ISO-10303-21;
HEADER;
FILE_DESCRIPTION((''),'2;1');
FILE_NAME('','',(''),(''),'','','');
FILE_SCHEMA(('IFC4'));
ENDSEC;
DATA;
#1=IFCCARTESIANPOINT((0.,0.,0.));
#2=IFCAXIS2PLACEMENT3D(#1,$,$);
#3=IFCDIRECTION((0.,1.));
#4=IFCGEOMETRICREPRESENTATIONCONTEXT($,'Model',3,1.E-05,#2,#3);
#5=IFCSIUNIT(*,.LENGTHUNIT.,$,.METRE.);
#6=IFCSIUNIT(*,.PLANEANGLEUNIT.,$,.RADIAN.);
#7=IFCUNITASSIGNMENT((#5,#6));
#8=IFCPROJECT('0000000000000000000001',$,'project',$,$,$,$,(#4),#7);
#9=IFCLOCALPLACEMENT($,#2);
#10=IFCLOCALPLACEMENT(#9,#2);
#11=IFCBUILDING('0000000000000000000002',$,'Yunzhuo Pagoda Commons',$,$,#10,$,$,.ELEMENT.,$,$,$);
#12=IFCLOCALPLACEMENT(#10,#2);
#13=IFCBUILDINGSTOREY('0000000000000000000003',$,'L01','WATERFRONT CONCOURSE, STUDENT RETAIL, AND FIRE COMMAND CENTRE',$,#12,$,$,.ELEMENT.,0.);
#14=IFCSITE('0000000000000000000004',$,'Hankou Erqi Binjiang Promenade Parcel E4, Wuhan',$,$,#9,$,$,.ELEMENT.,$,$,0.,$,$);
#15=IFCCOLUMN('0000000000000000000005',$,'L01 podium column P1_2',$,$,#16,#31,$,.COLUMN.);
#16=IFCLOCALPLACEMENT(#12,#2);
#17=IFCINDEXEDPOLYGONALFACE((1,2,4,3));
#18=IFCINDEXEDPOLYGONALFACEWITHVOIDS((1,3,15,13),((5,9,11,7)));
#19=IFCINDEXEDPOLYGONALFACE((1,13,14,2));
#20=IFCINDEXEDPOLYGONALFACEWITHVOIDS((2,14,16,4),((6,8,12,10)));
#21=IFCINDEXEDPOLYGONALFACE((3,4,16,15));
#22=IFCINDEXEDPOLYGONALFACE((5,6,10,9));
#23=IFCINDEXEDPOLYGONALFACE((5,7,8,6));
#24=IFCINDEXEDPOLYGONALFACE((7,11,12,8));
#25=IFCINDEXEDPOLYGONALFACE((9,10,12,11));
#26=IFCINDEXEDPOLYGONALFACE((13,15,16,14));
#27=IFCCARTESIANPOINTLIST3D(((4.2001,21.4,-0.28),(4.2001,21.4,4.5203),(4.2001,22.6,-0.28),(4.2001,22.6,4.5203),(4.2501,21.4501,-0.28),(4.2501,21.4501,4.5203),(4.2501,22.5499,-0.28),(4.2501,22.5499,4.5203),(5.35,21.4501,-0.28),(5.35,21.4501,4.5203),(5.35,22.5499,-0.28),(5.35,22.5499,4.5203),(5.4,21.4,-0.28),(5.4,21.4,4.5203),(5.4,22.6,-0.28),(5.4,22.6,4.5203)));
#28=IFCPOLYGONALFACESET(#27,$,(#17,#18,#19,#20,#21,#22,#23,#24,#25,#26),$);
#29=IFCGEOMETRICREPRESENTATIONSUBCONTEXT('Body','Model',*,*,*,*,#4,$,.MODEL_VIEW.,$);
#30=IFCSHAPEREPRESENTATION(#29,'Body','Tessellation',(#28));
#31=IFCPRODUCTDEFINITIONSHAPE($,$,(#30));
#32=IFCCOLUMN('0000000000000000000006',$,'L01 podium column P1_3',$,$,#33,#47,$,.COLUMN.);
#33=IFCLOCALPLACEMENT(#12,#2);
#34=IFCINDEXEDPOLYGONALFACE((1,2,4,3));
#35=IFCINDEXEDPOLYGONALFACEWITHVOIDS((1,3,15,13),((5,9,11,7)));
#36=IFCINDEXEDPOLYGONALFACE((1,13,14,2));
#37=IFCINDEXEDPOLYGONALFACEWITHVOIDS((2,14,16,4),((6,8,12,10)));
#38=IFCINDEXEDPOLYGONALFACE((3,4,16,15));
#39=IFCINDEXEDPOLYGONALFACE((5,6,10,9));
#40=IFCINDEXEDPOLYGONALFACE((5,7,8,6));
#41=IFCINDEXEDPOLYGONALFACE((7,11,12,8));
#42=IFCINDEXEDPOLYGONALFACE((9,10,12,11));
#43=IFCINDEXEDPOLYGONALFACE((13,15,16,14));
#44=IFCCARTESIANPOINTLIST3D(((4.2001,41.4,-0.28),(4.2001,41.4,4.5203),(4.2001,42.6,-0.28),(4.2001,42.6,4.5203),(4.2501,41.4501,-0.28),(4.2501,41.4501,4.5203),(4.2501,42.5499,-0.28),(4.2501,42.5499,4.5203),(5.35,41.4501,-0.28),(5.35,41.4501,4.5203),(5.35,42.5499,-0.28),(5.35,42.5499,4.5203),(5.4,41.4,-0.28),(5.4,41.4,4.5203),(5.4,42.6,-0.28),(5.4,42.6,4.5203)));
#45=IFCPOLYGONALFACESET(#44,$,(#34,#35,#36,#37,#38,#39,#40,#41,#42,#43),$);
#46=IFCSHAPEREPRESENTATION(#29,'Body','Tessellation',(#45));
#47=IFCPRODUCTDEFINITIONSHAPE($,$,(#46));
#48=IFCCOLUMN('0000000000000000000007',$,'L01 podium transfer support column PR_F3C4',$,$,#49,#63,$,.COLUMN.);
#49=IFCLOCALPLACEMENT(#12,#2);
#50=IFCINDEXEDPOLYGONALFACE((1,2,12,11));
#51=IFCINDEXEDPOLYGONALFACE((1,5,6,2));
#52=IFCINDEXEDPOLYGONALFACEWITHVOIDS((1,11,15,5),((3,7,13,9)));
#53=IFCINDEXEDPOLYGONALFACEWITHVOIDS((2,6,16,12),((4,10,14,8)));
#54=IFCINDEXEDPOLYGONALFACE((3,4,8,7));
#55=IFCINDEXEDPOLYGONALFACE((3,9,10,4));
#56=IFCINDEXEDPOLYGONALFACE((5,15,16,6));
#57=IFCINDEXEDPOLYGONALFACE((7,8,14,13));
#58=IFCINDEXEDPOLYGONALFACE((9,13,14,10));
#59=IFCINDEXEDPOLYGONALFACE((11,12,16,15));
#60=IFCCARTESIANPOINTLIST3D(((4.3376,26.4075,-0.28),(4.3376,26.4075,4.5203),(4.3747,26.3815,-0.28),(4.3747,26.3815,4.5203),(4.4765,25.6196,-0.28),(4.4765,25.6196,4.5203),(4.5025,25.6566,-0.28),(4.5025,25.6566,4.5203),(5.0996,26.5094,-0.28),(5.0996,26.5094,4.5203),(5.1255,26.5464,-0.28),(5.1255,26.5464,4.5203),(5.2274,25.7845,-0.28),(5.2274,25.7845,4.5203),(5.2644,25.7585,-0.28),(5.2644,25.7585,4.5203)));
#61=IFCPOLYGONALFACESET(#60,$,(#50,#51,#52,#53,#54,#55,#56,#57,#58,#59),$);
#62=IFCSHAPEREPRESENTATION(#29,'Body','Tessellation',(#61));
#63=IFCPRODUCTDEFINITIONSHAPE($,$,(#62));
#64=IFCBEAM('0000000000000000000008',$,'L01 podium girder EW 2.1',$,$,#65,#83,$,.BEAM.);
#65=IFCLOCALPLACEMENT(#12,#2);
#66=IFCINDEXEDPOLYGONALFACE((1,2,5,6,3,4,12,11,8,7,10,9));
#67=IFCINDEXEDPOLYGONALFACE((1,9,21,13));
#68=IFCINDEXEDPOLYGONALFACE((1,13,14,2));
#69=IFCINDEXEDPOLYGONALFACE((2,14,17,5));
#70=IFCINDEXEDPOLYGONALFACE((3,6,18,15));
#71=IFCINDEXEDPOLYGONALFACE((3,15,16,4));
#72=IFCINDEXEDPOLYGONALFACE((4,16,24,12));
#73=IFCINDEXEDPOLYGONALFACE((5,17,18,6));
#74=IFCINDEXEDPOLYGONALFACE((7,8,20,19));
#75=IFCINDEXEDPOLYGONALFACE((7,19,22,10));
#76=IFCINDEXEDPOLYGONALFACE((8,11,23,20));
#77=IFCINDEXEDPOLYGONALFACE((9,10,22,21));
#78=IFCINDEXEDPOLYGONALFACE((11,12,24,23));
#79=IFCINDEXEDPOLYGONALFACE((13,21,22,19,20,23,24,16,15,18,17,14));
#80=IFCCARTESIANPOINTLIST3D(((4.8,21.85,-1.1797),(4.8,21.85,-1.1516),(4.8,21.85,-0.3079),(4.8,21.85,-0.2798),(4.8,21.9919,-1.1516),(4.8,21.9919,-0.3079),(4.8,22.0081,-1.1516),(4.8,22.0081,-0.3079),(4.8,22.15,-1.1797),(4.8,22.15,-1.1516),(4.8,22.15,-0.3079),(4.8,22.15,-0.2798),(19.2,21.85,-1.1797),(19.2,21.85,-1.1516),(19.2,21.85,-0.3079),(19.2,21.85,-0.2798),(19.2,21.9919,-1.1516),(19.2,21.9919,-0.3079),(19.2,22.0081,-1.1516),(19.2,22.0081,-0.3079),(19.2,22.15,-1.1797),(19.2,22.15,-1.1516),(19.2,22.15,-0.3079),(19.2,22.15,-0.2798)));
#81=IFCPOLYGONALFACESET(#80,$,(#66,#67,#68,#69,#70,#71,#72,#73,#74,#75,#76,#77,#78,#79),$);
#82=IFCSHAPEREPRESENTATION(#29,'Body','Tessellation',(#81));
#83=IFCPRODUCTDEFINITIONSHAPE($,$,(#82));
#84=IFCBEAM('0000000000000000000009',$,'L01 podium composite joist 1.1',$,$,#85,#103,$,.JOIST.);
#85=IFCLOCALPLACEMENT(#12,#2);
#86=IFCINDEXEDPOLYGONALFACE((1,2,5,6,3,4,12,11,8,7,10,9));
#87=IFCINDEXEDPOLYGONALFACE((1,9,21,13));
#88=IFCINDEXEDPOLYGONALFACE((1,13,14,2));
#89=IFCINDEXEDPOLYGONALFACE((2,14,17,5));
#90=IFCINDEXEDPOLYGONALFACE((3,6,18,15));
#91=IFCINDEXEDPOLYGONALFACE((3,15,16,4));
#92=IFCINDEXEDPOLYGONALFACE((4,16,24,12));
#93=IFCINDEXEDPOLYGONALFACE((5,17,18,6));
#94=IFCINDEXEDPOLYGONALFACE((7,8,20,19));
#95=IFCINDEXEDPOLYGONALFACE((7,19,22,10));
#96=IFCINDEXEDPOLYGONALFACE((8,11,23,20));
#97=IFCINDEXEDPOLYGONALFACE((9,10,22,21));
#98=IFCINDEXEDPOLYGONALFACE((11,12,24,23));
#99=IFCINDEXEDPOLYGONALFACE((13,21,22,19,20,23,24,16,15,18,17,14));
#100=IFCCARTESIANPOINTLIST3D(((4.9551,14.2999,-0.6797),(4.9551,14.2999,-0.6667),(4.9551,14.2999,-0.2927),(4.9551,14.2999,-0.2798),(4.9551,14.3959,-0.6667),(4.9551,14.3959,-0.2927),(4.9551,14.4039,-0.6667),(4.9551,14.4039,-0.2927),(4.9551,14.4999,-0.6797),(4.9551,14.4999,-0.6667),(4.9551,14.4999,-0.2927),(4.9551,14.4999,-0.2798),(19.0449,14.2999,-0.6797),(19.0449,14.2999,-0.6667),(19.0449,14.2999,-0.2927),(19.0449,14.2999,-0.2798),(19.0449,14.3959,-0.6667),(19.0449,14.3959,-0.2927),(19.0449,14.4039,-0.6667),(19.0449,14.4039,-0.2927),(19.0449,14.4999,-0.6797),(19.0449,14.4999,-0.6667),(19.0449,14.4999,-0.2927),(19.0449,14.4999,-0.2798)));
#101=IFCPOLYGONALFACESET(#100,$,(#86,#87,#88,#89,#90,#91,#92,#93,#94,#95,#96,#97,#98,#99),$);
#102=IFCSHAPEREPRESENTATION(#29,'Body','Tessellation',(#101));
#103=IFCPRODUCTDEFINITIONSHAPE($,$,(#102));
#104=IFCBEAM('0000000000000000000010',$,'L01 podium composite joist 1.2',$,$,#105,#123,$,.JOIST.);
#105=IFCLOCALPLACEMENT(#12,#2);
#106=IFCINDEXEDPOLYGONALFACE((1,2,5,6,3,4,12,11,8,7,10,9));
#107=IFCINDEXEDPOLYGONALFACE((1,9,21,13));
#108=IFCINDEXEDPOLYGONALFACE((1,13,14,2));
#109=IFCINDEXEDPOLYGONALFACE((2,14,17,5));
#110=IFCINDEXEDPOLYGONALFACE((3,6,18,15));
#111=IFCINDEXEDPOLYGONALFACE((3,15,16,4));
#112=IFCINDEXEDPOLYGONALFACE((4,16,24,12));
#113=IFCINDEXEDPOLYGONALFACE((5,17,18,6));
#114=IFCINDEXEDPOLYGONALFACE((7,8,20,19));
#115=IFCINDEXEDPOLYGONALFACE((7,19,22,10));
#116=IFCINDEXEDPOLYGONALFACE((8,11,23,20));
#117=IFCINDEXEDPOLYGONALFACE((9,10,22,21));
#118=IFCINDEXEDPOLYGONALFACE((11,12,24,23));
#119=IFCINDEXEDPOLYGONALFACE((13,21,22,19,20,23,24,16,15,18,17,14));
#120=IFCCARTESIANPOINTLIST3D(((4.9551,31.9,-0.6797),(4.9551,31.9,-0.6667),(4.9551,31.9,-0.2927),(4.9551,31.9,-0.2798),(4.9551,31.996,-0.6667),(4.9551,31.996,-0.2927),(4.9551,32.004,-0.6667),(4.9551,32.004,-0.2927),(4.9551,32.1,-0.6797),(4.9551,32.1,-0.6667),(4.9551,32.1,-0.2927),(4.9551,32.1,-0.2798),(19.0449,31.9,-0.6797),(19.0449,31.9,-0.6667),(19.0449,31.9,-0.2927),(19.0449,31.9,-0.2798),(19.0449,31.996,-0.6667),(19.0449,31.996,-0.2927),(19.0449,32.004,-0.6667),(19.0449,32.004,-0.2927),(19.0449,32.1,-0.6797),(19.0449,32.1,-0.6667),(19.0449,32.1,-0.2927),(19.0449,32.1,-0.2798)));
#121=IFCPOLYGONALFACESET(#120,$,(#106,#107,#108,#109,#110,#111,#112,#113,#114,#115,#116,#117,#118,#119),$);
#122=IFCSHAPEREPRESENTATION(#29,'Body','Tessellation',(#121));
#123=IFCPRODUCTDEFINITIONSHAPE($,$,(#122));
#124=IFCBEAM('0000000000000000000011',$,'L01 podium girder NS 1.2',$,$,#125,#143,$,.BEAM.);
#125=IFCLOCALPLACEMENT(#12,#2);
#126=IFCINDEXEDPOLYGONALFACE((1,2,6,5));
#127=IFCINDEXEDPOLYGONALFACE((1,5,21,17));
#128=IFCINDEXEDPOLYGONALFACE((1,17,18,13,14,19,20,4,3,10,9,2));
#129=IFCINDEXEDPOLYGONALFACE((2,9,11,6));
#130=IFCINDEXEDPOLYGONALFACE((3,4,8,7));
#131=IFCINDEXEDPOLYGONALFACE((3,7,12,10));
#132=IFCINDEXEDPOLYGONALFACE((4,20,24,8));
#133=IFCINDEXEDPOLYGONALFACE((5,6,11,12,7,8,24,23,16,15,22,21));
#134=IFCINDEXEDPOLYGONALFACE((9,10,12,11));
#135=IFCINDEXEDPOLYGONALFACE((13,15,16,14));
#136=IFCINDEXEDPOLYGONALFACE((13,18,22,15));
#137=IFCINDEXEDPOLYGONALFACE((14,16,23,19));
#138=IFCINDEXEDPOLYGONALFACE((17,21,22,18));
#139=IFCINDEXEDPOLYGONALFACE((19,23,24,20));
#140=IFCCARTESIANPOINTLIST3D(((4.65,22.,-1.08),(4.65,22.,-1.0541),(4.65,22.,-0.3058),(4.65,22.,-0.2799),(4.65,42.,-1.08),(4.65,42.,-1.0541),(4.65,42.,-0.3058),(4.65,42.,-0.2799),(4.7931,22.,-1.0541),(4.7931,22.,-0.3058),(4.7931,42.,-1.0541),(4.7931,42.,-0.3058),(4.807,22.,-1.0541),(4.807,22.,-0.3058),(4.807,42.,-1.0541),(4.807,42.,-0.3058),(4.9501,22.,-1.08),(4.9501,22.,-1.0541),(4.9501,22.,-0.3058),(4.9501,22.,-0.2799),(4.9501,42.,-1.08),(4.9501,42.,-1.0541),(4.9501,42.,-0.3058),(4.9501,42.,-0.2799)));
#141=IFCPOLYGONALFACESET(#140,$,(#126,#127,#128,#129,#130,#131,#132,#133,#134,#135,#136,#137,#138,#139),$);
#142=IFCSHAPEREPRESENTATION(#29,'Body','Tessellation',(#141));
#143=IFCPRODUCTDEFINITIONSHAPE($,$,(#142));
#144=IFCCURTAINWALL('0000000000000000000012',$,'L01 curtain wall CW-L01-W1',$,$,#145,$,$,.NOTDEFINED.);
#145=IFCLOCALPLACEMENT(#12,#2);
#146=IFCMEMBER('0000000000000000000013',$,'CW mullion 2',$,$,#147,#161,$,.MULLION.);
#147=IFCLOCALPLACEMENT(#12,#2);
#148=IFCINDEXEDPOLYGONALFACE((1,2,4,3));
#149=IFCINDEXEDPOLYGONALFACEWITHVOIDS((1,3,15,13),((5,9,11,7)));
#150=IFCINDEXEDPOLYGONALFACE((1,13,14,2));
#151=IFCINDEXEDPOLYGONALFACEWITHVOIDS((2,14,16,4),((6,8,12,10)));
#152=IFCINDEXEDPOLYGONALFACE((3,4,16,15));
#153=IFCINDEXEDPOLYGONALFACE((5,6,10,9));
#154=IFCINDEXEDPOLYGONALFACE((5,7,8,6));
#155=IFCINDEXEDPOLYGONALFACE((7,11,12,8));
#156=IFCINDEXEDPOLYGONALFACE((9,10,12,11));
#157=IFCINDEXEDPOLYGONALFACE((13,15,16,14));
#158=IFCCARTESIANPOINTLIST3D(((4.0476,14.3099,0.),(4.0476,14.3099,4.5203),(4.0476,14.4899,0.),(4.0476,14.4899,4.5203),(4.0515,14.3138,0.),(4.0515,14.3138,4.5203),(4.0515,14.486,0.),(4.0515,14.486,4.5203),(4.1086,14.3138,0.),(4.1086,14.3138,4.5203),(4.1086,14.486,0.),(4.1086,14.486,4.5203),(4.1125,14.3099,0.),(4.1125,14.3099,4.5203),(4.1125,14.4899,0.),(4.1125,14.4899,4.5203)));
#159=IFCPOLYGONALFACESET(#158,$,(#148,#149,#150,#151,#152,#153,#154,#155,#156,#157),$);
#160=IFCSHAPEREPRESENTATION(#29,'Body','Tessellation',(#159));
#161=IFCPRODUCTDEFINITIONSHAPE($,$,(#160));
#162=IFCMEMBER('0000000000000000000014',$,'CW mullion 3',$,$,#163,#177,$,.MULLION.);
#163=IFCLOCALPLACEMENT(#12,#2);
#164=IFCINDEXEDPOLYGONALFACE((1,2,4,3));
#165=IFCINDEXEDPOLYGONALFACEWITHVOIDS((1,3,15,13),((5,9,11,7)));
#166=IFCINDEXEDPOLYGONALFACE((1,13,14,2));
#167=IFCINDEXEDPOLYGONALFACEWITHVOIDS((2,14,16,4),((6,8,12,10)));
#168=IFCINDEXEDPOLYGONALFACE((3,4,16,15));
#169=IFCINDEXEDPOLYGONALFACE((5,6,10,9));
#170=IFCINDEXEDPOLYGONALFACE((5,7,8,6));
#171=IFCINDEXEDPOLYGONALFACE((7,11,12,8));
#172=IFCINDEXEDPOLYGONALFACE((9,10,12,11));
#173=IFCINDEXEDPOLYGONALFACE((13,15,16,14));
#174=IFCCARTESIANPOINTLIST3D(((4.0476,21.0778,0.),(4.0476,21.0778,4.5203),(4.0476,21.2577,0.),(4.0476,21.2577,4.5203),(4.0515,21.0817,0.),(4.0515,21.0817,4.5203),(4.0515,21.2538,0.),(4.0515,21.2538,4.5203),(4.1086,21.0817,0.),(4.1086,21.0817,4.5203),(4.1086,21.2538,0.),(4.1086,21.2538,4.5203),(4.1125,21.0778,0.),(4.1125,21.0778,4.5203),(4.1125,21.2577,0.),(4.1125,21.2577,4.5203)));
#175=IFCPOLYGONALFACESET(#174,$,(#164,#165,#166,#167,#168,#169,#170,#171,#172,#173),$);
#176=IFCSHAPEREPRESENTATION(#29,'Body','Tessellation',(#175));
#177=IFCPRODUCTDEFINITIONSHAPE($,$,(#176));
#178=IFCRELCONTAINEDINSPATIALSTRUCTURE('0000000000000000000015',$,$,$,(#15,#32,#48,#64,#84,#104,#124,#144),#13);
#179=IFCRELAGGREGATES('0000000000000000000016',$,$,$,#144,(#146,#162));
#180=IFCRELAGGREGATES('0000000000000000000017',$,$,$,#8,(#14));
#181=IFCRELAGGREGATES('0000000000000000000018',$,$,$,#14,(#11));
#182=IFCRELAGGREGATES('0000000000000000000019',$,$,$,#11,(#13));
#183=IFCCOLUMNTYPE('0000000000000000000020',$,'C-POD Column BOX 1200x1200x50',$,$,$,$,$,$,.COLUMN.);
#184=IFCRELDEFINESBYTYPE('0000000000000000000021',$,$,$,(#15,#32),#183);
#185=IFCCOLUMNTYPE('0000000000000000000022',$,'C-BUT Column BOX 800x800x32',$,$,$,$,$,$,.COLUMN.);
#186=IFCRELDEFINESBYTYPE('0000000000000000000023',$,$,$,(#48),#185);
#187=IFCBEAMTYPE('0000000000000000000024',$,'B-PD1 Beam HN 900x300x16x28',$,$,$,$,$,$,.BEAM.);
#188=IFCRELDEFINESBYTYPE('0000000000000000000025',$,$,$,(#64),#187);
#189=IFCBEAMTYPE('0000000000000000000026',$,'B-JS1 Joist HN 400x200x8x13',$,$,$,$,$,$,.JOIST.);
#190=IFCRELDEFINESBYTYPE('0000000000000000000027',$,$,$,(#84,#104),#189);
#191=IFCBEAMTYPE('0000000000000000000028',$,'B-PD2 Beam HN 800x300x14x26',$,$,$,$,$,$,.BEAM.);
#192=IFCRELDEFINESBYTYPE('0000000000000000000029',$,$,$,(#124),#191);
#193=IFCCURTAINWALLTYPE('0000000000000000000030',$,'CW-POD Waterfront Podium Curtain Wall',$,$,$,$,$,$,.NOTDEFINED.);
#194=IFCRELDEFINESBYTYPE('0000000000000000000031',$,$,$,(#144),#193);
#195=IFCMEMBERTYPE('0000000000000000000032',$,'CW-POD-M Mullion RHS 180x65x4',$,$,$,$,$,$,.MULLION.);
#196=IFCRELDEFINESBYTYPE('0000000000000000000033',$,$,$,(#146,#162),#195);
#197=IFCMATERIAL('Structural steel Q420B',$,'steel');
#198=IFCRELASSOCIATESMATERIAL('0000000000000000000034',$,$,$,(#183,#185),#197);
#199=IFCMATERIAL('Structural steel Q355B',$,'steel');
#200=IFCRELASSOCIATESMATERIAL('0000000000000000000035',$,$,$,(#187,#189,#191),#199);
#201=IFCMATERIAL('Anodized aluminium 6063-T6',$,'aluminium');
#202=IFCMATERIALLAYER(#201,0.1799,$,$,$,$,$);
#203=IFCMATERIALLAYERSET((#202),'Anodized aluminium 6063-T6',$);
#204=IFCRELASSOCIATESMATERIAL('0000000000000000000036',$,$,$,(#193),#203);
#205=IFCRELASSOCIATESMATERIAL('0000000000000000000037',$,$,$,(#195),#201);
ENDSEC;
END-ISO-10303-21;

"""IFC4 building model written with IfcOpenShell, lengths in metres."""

from ifc_helpers import new_model, si_unit, direction, frame, origin, origin_2d, place, context, subcontext, project, spatial, hollow_rectangle, i_section, extrude, source, transform, mapped, material, layer, layer_set, material_profile, profile_set, type_object, element, aggregate, save


model = new_model("IFC4")

# Units and contexts
model_context = context("Model", 3, precision=1e-05, world=origin(), true_north=direction((0.0, 1.0)))
body_context = subcontext(model_context, "Body", "Model", "MODEL_VIEW")
ifc_project = project(units=[si_unit("LENGTHUNIT", "METRE"), si_unit("PLANEANGLEUNIT", "RADIAN")], contexts=[model_context])

# Site, building, storey
site_placement = place(None, origin())
site = spatial("IfcSite", under=ifc_project, at=site_placement, Name="Hankou Erqi Binjiang Promenade Parcel E4, Wuhan", CompositionType="ELEMENT", RefElevation=0.0)
building_placement = place(site_placement, origin())
building = spatial("IfcBuilding", under=site, at=building_placement, Name="Yunzhuo Pagoda Commons", CompositionType="ELEMENT")
storey_placement = place(building_placement, origin())
storey = spatial("IfcBuildingStorey", under=building, at=storey_placement, Name="L01", Description="WATERFRONT CONCOURSE, STUDENT RETAIL, AND FIRE COMMAND CENTRE", CompositionType="ELEMENT", Elevation=0.0)

# Columns
ifc_material_1 = material(Name="Structural steel Q420B", Category="steel")
ifc_material_profile_1 = material_profile(ifc_material_1, hollow_rectangle(XDim=1.2, YDim=1.2, WallThickness=0.05, at=origin_2d()), Name="Structural steel Q420B")
ifc_profile_set_1 = profile_set([ifc_material_profile_1], Name="Structural steel Q420B")
column_type_1 = type_object("IfcColumnType", Name="C-POD Column BOX 1200x1200x50", PredefinedType="COLUMN", material=ifc_profile_set_1)
shared_shape_1 = source(origin(), body_context, "Body", "SweptSolid", [
    extrude(hollow_rectangle(XDim=1.2, YDim=1.2, WallThickness=0.05, at=origin_2d()), origin(), (0.0, 0.0, 1.0), 4.8003),
])
for number, where, z_axis, x_axis, name in (
    (1, (4.8, 22.0, -0.28), (0.0, 0.0, 1.0), (1.0, 0.0, 0.0), "L01 podium column P1_2"),
    (2, (4.8, 42.0, -0.28), (0.0, 0.0, 1.0), (1.0, 0.0, 0.0), "L01 podium column P1_3"),
):
    element("IfcColumn", number, at=place(storey_placement, frame(where, z_axis=z_axis, x_axis=x_axis)), inside=storey, type_object=column_type_1, Name=name, PredefinedType="COLUMN", context=body_context, shape_type="MappedRepresentation", body=[
        mapped(shared_shape_1, transform((0.0, 0.0, 0.0), scale=1.0)),
    ])
ifc_material_profile_2 = material_profile(ifc_material_1, hollow_rectangle(XDim=0.8, YDim=0.8, WallThickness=0.032, at=origin_2d()), Name="Structural steel Q420B")
ifc_profile_set_2 = profile_set([ifc_material_profile_2], Name="Structural steel Q420B")
column_type_2 = type_object("IfcColumnType", Name="C-BUT Column BOX 800x800x32", PredefinedType="COLUMN", material=ifc_profile_set_2)
shared_shape_2 = source(origin(), body_context, "Body", "SweptSolid", [
    extrude(hollow_rectangle(XDim=0.8, YDim=0.8, WallThickness=0.032, at=origin_2d()), origin(), (0.0, 0.0, 1.0), 4.8003),
])
column_placement = place(storey_placement, frame((4.801, 26.083, -0.28), z_axis=(0.0, 0.0, 1.0), x_axis=(0.173648, -0.984808, 0.0)))
element("IfcColumn", 3, at=column_placement, inside=storey, type_object=column_type_2, Name="L01 podium transfer support column PR_F3C4", PredefinedType="COLUMN", context=body_context, shape_type="MappedRepresentation", body=[
    mapped(shared_shape_2, transform((0.0, 0.0, 0.0), scale=1.0)),
])

# Beams
ifc_material_2 = material(Name="Structural steel Q355B", Category="steel")
ifc_material_profile_3 = material_profile(ifc_material_2, i_section(OverallWidth=0.3, OverallDepth=0.8999, WebThickness=0.0161, FlangeThickness=0.0281, at=origin_2d()), Name="Structural steel Q355B")
ifc_profile_set_3 = profile_set([ifc_material_profile_3], Name="Structural steel Q355B")
beam_type_1 = type_object("IfcBeamType", Name="B-PD1 Beam HN 900x300x16x28", PredefinedType="BEAM", material=ifc_profile_set_3)
shared_shape_3 = source(origin(), body_context, "Body", "SweptSolid", [
    extrude(i_section(OverallWidth=0.3, OverallDepth=0.8999, WebThickness=0.0161, FlangeThickness=0.0281, at=origin_2d()), origin(), (0.0, 0.0, 1.0), 14.3999),
])
beam_1_placement = place(storey_placement, frame((4.8, 22.0, -0.7297), z_axis=(1.0, 0.0, 0.0), x_axis=(0.0, 1.0, 0.0)))
element("IfcBeam", 4, at=beam_1_placement, inside=storey, type_object=beam_type_1, Name="L01 podium girder EW 2.1", PredefinedType="BEAM", context=body_context, shape_type="MappedRepresentation", body=[
    mapped(shared_shape_3, transform((0.0, 0.0, 0.0), scale=1.0)),
])
ifc_material_profile_4 = material_profile(ifc_material_2, i_section(OverallWidth=0.2, OverallDepth=0.3999, WebThickness=0.0081, FlangeThickness=0.0129, at=origin_2d()), Name="Structural steel Q355B")
ifc_profile_set_4 = profile_set([ifc_material_profile_4], Name="Structural steel Q355B")
beam_type_2 = type_object("IfcBeamType", Name="B-JS1 Joist HN 400x200x8x13", PredefinedType="JOIST", material=ifc_profile_set_4)
shared_shape_4 = source(origin(), body_context, "Body", "SweptSolid", [
    extrude(i_section(OverallWidth=0.2, OverallDepth=0.3999, WebThickness=0.0081, FlangeThickness=0.0129, at=origin_2d()), origin(), (0.0, 0.0, 1.0), 14.0898),
])
for number, where, z_axis, x_axis, name in (
    (5, (4.9551, 14.3999, -0.4797), (1.0, 0.0, 0.0), (0.0, 1.0, 0.0), "L01 podium composite joist 1.1"),
    (6, (4.9551, 32.0, -0.4797), (1.0, 0.0, 0.0), (0.0, 1.0, 0.0), "L01 podium composite joist 1.2"),
):
    element("IfcBeam", number, at=place(storey_placement, frame(where, z_axis=z_axis, x_axis=x_axis)), inside=storey, type_object=beam_type_2, Name=name, PredefinedType="JOIST", context=body_context, shape_type="MappedRepresentation", body=[
        mapped(shared_shape_4, transform((0.0, 0.0, 0.0), scale=1.0)),
    ])
ifc_material_profile_5 = material_profile(ifc_material_2, i_section(OverallWidth=0.3, OverallDepth=0.8, WebThickness=0.0139, FlangeThickness=0.0259, at=origin_2d()), Name="Structural steel Q355B")
ifc_profile_set_5 = profile_set([ifc_material_profile_5], Name="Structural steel Q355B")
beam_type_3 = type_object("IfcBeamType", Name="B-PD2 Beam HN 800x300x14x26", PredefinedType="BEAM", material=ifc_profile_set_5)
shared_shape_5 = source(origin(), body_context, "Body", "SweptSolid", [
    extrude(i_section(OverallWidth=0.3, OverallDepth=0.8, WebThickness=0.0139, FlangeThickness=0.0259, at=origin_2d()), origin(), (0.0, 0.0, 1.0), 20.0),
])
beam_2_placement = place(storey_placement, frame((4.8, 22.0, -0.6799), z_axis=(0.0, 1.0, 0.0), x_axis=(-1.0, 0.0, 0.0)))
element("IfcBeam", 7, at=beam_2_placement, inside=storey, type_object=beam_type_3, Name="L01 podium girder NS 1.2", PredefinedType="BEAM", context=body_context, shape_type="MappedRepresentation", body=[
    mapped(shared_shape_5, transform((0.0, 0.0, 0.0), scale=1.0)),
])

# Curtain wall, members
ifc_material_3 = material(Name="Anodized aluminium 6063-T6", Category="aluminium")
ifc_layer_1 = layer(ifc_material_3, 0.1799)
ifc_layer_set_1 = layer_set([ifc_layer_1], Name="Anodized aluminium 6063-T6")
curtain_wall_type = type_object("IfcCurtainWallType", Name="CW-POD Waterfront Podium Curtain Wall", PredefinedType="NOTDEFINED", material=ifc_layer_set_1)
curtain_wall_1_placement = place(storey_placement, origin())
curtain_wall_1 = element("IfcCurtainWall", 8, at=curtain_wall_1_placement, inside=storey, type_object=curtain_wall_type, Name="L01 curtain wall CW-L01-W1", PredefinedType="NOTDEFINED")
ifc_material_profile_6 = material_profile(ifc_material_3, hollow_rectangle(XDim=0.0649, YDim=0.1799, WallThickness=0.0039, at=origin_2d()), Name="Anodized aluminium 6063-T6")
ifc_profile_set_6 = profile_set([ifc_material_profile_6], Name="Anodized aluminium 6063-T6")
member_type_1 = type_object("IfcMemberType", Name="CW-POD-M Mullion RHS 180x65x4", PredefinedType="MULLION", material=ifc_profile_set_6)
shared_shape_6 = source(origin(), body_context, "Body", "SweptSolid", [
    extrude(hollow_rectangle(XDim=0.0649, YDim=0.1799, WallThickness=0.0039, at=origin_2d()), origin(), (0.0, 0.0, 1.0), 4.5203),
])
member_1_placement = place(storey_placement, frame((4.0801, 14.3999, 0.0), z_axis=(0.0, 0.0, 1.0), x_axis=(-1.0, 0.0, 0.0)))
member_1 = element("IfcMember", 9, at=member_1_placement, type_object=member_type_1, Name="CW mullion 2", PredefinedType="MULLION", context=body_context, shape_type="MappedRepresentation", body=[
    mapped(shared_shape_6, transform((0.0, 0.0, 0.0), scale=1.0)),
])
member_2_placement = place(storey_placement, frame((4.0801, 21.1677, 0.0), z_axis=(0.0, 0.0, 1.0), x_axis=(-1.0, 0.0, 0.0)))
member_2 = element("IfcMember", 10, at=member_2_placement, type_object=member_type_1, Name="CW mullion 3", PredefinedType="MULLION", context=body_context, shape_type="MappedRepresentation", body=[
    mapped(shared_shape_6, transform((0.0, 0.0, 0.0), scale=1.0)),
])

aggregate(curtain_wall_1, [member_1, member_2])

save(model, "model.ifc")
